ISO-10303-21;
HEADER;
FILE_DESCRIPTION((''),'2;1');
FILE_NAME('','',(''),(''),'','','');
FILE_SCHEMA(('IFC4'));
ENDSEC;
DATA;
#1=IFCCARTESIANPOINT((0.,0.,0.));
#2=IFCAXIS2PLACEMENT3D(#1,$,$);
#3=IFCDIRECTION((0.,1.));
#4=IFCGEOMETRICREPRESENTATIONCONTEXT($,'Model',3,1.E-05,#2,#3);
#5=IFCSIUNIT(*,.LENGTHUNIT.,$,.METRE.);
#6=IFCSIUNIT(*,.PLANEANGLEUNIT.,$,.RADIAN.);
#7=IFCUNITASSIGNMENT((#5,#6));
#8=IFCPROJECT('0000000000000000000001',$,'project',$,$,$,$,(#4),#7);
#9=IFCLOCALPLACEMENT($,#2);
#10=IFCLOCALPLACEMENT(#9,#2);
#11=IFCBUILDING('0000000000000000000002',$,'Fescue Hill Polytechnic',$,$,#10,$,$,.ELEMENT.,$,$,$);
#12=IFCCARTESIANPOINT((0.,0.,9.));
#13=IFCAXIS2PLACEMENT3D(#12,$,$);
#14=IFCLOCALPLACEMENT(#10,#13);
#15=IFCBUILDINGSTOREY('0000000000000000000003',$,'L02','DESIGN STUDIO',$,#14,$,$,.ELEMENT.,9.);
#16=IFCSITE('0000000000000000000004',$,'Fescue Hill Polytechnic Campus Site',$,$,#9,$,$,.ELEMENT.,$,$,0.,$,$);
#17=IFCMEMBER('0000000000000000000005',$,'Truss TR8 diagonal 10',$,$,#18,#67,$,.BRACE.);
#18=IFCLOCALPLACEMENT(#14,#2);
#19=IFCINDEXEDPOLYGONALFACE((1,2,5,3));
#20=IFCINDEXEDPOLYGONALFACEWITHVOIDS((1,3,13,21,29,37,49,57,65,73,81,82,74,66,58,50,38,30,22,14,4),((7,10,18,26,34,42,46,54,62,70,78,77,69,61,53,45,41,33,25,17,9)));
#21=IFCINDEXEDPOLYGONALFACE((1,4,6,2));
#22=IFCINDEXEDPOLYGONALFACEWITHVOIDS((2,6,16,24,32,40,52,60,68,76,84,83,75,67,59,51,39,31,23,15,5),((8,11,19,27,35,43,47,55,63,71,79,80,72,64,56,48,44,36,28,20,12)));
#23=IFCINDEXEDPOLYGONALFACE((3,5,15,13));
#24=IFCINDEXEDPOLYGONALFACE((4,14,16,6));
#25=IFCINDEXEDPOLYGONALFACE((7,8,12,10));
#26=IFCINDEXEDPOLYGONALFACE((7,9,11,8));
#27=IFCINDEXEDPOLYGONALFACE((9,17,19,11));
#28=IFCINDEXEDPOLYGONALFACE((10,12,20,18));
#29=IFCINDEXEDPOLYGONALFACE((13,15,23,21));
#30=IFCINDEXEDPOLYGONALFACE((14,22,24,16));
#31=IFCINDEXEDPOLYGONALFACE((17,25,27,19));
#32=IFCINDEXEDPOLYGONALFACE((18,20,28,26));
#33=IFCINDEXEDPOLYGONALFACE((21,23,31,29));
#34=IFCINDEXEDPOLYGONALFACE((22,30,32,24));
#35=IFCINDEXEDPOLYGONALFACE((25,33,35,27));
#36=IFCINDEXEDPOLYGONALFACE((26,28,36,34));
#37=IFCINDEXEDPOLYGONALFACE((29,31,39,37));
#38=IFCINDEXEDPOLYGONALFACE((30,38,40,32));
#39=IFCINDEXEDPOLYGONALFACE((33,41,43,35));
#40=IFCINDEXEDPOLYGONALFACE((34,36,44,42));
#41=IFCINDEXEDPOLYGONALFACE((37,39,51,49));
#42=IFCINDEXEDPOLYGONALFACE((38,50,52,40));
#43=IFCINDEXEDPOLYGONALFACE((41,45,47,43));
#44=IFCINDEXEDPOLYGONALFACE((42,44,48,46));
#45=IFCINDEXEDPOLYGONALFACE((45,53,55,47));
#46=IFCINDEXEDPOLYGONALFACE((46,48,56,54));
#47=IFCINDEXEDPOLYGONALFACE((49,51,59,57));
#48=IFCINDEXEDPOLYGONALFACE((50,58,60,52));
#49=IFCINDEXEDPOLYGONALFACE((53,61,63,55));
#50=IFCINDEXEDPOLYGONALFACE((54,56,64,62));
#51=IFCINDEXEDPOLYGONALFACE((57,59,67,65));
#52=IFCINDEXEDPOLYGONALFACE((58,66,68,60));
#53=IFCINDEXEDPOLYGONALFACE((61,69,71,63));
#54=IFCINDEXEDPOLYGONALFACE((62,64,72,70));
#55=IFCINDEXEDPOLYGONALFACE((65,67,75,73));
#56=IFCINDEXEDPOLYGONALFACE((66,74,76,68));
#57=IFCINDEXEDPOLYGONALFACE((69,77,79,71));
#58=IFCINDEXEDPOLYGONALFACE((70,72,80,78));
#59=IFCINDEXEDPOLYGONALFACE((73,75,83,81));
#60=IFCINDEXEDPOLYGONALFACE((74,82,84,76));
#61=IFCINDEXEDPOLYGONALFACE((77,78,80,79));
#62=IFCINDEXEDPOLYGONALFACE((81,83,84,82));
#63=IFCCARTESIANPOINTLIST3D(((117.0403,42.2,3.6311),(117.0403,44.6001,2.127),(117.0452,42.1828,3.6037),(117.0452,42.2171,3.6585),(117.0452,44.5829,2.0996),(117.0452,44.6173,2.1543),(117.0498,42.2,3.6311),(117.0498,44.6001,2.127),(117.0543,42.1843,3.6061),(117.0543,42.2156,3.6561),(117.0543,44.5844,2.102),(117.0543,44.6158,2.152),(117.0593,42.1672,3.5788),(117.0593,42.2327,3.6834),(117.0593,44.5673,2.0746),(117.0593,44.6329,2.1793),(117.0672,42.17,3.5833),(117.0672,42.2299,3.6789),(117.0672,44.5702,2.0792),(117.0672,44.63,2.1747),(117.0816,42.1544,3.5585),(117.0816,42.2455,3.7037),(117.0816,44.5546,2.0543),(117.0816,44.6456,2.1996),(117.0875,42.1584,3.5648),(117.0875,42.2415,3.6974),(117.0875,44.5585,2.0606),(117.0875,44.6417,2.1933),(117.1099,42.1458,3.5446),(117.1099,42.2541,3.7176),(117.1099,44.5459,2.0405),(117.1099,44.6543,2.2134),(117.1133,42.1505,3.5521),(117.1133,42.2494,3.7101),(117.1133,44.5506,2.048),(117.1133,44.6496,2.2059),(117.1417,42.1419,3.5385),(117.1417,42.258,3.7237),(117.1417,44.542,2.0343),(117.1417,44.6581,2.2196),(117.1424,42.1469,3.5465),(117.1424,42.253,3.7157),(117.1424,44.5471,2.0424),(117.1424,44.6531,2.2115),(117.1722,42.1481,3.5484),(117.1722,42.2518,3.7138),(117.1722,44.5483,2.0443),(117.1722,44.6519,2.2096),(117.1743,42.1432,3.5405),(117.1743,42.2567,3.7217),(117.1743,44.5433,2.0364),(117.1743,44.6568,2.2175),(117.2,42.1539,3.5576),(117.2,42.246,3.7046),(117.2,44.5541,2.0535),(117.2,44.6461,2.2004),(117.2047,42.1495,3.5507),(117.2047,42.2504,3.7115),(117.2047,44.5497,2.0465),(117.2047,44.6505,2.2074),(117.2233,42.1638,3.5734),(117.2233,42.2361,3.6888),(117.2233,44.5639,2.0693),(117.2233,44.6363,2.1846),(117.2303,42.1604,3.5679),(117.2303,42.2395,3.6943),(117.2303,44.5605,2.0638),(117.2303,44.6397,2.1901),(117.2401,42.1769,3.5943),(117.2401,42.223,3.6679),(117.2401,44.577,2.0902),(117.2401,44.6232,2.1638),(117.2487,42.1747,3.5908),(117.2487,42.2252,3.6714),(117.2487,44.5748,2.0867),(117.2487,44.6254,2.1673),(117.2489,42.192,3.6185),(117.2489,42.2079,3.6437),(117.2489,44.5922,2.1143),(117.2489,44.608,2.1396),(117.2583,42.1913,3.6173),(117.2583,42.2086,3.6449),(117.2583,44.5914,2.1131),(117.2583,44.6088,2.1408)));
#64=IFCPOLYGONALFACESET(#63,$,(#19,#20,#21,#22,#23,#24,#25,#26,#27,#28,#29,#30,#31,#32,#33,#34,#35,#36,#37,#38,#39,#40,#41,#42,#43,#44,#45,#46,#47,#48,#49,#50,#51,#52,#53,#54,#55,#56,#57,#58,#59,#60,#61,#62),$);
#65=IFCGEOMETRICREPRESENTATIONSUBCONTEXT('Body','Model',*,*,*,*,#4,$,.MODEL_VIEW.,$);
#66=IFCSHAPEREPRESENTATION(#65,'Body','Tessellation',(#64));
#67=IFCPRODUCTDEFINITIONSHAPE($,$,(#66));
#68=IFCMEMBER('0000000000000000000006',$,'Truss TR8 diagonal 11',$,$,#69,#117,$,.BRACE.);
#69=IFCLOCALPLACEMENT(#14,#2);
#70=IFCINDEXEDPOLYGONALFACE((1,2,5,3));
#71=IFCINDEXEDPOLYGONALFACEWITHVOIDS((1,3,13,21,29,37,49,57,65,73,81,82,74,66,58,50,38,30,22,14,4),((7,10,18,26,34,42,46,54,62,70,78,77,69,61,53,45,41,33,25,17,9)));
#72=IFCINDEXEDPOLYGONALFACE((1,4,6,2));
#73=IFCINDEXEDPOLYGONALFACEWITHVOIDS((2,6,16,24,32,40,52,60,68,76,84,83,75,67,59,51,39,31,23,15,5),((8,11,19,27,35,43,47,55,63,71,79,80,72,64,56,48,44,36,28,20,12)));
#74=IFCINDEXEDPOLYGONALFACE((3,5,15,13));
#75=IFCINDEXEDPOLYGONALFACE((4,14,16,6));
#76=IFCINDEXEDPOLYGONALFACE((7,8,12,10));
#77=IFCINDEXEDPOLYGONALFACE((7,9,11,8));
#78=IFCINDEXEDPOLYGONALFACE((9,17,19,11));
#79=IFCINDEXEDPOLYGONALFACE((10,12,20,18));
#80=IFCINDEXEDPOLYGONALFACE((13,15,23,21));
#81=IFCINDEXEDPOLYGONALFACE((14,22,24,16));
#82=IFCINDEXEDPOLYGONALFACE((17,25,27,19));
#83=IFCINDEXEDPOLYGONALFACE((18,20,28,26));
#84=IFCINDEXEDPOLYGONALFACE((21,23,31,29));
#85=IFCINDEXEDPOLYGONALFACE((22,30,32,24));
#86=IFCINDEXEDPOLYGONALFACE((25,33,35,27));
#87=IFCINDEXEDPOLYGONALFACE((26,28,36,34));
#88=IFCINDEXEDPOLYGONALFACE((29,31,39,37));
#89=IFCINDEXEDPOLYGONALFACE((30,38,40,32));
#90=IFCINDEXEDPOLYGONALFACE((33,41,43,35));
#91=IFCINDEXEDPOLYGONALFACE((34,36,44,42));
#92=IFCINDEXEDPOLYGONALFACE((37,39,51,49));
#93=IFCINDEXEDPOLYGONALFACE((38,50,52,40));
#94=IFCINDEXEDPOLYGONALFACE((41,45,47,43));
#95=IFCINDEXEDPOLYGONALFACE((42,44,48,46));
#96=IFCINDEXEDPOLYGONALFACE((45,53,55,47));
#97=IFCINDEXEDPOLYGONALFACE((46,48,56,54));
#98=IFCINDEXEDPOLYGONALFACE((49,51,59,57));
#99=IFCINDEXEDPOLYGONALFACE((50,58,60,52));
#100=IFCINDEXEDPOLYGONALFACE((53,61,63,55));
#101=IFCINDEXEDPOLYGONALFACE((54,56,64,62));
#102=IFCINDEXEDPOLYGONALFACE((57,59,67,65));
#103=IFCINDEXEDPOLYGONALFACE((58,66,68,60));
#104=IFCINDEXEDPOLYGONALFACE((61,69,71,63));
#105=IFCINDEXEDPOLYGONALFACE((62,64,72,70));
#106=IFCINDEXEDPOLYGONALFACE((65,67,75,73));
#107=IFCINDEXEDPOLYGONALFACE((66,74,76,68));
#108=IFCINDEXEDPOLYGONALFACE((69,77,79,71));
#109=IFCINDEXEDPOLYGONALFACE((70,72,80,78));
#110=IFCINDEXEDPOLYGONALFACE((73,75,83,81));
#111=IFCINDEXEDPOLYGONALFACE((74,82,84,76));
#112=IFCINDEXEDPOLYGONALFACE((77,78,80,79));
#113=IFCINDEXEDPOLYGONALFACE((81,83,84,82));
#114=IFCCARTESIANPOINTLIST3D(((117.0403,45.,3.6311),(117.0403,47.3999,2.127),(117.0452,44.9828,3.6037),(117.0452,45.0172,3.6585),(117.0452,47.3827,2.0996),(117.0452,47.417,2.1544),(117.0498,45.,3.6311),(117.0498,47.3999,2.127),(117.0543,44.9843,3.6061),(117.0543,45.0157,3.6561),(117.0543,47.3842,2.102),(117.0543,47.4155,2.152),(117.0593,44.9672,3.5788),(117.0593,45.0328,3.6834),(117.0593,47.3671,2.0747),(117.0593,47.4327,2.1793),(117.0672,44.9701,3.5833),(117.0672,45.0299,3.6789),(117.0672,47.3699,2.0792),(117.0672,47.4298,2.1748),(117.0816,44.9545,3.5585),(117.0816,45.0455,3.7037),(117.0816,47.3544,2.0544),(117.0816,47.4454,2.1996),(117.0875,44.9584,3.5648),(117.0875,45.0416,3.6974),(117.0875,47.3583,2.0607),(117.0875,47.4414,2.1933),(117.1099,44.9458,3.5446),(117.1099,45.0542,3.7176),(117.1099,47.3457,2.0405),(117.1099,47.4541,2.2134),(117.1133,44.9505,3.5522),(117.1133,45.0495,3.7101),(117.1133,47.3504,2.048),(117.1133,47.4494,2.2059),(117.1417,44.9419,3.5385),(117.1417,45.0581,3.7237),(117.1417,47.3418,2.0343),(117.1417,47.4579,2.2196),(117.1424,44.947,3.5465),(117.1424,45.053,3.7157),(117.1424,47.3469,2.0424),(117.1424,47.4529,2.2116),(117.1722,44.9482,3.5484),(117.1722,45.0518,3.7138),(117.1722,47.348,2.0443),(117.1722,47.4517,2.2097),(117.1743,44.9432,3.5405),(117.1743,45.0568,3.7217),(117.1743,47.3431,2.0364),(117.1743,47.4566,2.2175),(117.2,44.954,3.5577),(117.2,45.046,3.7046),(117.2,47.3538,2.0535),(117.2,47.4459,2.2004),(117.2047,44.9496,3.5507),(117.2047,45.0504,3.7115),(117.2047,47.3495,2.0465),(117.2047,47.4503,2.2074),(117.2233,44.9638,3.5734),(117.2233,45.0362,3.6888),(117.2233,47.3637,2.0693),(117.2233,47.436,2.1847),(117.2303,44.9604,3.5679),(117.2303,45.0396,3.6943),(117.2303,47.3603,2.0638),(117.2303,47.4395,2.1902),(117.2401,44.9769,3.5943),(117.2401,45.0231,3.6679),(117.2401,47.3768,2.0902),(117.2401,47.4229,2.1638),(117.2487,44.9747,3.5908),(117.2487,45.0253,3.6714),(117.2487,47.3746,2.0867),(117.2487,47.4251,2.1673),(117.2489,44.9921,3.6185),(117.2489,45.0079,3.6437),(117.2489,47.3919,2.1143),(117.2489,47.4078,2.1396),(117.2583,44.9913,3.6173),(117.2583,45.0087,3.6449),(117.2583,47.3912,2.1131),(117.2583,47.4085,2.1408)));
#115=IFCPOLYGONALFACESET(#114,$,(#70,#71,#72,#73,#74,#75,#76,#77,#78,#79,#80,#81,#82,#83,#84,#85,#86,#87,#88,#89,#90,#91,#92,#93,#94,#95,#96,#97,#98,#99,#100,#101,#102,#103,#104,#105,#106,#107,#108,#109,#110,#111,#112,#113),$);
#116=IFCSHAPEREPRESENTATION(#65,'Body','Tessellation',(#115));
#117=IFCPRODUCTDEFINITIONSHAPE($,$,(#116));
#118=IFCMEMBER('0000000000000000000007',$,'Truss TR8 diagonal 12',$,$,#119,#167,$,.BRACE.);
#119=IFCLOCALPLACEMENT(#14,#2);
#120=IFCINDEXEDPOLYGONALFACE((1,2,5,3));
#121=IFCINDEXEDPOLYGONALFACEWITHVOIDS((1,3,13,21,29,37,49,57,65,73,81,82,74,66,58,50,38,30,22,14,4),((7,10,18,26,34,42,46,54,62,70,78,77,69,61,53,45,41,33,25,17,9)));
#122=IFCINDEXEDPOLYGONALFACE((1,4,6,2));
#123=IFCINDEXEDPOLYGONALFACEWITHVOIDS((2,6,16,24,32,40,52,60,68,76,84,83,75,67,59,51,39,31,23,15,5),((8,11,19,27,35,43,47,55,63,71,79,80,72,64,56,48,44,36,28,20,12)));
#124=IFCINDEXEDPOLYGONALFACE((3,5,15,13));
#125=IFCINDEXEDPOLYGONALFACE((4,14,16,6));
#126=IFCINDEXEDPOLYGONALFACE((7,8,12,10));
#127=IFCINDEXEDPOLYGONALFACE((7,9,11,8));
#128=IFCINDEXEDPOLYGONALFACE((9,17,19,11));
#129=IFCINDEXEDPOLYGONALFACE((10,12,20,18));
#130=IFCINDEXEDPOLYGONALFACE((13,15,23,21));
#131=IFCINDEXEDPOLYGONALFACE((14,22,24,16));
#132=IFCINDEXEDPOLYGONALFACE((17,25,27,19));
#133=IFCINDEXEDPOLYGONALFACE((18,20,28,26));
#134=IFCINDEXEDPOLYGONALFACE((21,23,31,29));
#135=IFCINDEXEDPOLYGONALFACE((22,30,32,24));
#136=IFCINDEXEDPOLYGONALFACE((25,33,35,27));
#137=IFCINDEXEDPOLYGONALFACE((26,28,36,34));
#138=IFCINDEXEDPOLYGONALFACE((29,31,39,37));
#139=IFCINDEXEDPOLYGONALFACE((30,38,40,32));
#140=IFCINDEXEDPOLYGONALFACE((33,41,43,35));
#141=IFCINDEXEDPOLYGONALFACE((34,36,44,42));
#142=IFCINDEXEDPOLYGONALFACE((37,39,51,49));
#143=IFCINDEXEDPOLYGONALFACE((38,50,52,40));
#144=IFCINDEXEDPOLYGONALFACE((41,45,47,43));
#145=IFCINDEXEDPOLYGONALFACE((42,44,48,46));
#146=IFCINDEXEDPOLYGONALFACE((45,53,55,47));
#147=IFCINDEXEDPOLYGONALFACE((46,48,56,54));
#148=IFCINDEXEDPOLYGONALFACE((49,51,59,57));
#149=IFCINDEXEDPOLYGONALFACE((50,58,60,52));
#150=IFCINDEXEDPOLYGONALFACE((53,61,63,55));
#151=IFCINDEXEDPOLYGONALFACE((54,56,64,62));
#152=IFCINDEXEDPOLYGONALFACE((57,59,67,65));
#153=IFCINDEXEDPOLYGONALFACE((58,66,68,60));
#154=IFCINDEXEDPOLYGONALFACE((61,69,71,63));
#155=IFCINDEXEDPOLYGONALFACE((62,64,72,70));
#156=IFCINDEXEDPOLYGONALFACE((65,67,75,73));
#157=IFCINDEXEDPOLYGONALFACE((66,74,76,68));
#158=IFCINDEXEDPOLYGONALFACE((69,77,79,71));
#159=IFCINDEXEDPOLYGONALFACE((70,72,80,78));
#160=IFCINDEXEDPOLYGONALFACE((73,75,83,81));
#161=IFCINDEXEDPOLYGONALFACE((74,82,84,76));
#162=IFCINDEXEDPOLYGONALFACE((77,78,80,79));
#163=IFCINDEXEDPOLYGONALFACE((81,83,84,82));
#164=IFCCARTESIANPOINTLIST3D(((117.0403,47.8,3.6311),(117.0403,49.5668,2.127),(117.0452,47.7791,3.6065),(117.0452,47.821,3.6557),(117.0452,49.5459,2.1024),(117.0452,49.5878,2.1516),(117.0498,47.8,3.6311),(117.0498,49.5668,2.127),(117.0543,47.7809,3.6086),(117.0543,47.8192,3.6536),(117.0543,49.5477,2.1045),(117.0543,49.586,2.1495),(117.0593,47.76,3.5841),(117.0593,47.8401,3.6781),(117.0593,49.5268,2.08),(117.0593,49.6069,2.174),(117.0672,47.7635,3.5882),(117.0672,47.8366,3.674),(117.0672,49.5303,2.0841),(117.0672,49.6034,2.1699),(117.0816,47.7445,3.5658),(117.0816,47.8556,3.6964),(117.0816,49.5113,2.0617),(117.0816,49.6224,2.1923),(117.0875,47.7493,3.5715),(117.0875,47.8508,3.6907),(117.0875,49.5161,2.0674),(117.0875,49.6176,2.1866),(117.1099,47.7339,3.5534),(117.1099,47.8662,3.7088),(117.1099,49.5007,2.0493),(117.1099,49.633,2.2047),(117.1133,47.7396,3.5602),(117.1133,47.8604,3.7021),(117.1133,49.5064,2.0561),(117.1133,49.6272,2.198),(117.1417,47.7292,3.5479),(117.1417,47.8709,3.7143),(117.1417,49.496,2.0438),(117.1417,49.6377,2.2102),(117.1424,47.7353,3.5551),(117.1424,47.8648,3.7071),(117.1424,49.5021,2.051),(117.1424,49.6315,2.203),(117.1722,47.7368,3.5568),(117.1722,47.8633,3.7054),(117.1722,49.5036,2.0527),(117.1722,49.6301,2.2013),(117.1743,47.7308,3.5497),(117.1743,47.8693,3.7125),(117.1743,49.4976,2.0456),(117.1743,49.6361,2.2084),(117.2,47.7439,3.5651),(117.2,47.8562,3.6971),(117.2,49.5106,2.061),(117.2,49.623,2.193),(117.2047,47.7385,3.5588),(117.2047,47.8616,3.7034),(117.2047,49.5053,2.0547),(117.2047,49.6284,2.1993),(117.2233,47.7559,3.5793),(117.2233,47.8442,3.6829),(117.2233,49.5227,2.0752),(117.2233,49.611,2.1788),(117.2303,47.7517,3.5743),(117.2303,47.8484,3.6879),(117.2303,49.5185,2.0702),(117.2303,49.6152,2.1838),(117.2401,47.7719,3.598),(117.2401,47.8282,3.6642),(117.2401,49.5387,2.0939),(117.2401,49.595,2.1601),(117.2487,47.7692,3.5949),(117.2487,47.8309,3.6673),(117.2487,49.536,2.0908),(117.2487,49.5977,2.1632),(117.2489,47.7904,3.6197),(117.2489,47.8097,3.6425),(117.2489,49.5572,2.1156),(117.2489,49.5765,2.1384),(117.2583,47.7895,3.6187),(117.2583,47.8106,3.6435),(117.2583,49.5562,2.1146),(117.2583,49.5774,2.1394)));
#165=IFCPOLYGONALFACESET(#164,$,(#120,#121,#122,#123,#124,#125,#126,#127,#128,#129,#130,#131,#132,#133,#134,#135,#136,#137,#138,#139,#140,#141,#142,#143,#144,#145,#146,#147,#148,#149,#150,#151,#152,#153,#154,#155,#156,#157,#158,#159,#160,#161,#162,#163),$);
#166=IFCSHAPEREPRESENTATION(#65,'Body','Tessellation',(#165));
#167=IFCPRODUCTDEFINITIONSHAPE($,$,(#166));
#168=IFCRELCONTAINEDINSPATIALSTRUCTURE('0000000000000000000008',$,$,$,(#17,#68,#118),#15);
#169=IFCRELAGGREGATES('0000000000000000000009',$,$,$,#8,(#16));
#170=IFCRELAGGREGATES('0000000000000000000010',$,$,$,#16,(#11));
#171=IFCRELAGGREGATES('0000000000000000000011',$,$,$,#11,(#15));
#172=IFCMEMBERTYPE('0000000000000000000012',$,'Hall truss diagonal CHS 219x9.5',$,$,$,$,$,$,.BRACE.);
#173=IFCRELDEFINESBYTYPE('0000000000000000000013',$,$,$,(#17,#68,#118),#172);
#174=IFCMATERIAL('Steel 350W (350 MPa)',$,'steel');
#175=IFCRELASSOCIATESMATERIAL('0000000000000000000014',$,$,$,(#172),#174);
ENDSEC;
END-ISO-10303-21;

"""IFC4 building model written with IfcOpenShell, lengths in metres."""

from ifc_helpers import new_model, si_unit, direction, frame, origin, origin_2d, place, context, subcontext, project, spatial, hollow_circle, extrude, material, material_profile, profile_set, type_object, element, save


model = new_model("IFC4")

# Units and contexts
model_context = context("Model", 3, precision=1e-05, world=origin(), true_north=direction((0.0, 1.0)))
body_context = subcontext(model_context, "Body", "Model", "MODEL_VIEW")
ifc_project = project(units=[si_unit("LENGTHUNIT", "METRE"), si_unit("PLANEANGLEUNIT", "RADIAN")], contexts=[model_context])

# Site, building, storey
site_placement = place(None, origin())
site = spatial("IfcSite", under=ifc_project, at=site_placement, Name="Fescue Hill Polytechnic Campus Site", CompositionType="ELEMENT", RefElevation=0.0)
building_placement = place(site_placement, origin())
building = spatial("IfcBuilding", under=site, at=building_placement, Name="Fescue Hill Polytechnic", CompositionType="ELEMENT")
storey_placement = place(building_placement, frame((0.0, 0.0, 9.0)))
storey = spatial("IfcBuildingStorey", under=building, at=storey_placement, Name="L02", Description="DESIGN STUDIO", CompositionType="ELEMENT", Elevation=9.0)

# Members
ifc_material_1 = material(Name="Steel 350W (350 MPa)", Category="steel")
ifc_material_profile_1 = material_profile(ifc_material_1, hollow_circle(Radius=0.1096, WallThickness=0.0095, at=origin_2d()), Name="Hall truss diagonal CHS 219x9.5")
ifc_profile_set_1 = profile_set([ifc_material_profile_1], Name="Steel 350W (350 MPa)")
member_type_1 = type_object("IfcMemberType", Name="Hall truss diagonal CHS 219x9.5", PredefinedType="BRACE", material=ifc_profile_set_1)
member_1_placement = place(storey_placement, frame((117.1499, 42.2, 3.6311), z_axis=(0.0, 0.847354, -0.531029), x_axis=(-1.0, 0.0, 0.0)))
element("IfcMember", 1, at=member_1_placement, inside=storey, type_object=member_type_1, Name="Truss TR8 diagonal 10", PredefinedType="BRACE", context=body_context, shape_type="SweptSolid", body=[
    extrude(hollow_circle(Radius=0.1096, WallThickness=0.0095, at=origin_2d()), origin(), (0.0, 0.0, 1.0), 2.8325),
])
member_2_placement = place(storey_placement, frame((117.1499, 45.0, 3.6311), z_axis=(0.0, 0.847329, -0.531068), x_axis=(-1.0, 0.0, 0.0)))
element("IfcMember", 2, at=member_2_placement, inside=storey, type_object=member_type_1, Name="Truss TR8 diagonal 11", PredefinedType="BRACE", context=body_context, shape_type="SweptSolid", body=[
    extrude(hollow_circle(Radius=0.1096, WallThickness=0.0095, at=origin_2d()), origin(), (0.0, 0.0, 1.0), 2.8323),
])
member_3_placement = place(storey_placement, frame((117.1499, 47.8, 3.6311), z_axis=(0.0, 0.761443, -0.648232), x_axis=(-1.0, 0.0, 0.0)))
element("IfcMember", 3, at=member_3_placement, inside=storey, type_object=member_type_1, Name="Truss TR8 diagonal 12", PredefinedType="BRACE", context=body_context, shape_type="SweptSolid", body=[
    extrude(hollow_circle(Radius=0.1096, WallThickness=0.0095, at=origin_2d()), origin(), (0.0, 0.0, 1.0), 2.3203),
])

save(model, "model.ifc")
